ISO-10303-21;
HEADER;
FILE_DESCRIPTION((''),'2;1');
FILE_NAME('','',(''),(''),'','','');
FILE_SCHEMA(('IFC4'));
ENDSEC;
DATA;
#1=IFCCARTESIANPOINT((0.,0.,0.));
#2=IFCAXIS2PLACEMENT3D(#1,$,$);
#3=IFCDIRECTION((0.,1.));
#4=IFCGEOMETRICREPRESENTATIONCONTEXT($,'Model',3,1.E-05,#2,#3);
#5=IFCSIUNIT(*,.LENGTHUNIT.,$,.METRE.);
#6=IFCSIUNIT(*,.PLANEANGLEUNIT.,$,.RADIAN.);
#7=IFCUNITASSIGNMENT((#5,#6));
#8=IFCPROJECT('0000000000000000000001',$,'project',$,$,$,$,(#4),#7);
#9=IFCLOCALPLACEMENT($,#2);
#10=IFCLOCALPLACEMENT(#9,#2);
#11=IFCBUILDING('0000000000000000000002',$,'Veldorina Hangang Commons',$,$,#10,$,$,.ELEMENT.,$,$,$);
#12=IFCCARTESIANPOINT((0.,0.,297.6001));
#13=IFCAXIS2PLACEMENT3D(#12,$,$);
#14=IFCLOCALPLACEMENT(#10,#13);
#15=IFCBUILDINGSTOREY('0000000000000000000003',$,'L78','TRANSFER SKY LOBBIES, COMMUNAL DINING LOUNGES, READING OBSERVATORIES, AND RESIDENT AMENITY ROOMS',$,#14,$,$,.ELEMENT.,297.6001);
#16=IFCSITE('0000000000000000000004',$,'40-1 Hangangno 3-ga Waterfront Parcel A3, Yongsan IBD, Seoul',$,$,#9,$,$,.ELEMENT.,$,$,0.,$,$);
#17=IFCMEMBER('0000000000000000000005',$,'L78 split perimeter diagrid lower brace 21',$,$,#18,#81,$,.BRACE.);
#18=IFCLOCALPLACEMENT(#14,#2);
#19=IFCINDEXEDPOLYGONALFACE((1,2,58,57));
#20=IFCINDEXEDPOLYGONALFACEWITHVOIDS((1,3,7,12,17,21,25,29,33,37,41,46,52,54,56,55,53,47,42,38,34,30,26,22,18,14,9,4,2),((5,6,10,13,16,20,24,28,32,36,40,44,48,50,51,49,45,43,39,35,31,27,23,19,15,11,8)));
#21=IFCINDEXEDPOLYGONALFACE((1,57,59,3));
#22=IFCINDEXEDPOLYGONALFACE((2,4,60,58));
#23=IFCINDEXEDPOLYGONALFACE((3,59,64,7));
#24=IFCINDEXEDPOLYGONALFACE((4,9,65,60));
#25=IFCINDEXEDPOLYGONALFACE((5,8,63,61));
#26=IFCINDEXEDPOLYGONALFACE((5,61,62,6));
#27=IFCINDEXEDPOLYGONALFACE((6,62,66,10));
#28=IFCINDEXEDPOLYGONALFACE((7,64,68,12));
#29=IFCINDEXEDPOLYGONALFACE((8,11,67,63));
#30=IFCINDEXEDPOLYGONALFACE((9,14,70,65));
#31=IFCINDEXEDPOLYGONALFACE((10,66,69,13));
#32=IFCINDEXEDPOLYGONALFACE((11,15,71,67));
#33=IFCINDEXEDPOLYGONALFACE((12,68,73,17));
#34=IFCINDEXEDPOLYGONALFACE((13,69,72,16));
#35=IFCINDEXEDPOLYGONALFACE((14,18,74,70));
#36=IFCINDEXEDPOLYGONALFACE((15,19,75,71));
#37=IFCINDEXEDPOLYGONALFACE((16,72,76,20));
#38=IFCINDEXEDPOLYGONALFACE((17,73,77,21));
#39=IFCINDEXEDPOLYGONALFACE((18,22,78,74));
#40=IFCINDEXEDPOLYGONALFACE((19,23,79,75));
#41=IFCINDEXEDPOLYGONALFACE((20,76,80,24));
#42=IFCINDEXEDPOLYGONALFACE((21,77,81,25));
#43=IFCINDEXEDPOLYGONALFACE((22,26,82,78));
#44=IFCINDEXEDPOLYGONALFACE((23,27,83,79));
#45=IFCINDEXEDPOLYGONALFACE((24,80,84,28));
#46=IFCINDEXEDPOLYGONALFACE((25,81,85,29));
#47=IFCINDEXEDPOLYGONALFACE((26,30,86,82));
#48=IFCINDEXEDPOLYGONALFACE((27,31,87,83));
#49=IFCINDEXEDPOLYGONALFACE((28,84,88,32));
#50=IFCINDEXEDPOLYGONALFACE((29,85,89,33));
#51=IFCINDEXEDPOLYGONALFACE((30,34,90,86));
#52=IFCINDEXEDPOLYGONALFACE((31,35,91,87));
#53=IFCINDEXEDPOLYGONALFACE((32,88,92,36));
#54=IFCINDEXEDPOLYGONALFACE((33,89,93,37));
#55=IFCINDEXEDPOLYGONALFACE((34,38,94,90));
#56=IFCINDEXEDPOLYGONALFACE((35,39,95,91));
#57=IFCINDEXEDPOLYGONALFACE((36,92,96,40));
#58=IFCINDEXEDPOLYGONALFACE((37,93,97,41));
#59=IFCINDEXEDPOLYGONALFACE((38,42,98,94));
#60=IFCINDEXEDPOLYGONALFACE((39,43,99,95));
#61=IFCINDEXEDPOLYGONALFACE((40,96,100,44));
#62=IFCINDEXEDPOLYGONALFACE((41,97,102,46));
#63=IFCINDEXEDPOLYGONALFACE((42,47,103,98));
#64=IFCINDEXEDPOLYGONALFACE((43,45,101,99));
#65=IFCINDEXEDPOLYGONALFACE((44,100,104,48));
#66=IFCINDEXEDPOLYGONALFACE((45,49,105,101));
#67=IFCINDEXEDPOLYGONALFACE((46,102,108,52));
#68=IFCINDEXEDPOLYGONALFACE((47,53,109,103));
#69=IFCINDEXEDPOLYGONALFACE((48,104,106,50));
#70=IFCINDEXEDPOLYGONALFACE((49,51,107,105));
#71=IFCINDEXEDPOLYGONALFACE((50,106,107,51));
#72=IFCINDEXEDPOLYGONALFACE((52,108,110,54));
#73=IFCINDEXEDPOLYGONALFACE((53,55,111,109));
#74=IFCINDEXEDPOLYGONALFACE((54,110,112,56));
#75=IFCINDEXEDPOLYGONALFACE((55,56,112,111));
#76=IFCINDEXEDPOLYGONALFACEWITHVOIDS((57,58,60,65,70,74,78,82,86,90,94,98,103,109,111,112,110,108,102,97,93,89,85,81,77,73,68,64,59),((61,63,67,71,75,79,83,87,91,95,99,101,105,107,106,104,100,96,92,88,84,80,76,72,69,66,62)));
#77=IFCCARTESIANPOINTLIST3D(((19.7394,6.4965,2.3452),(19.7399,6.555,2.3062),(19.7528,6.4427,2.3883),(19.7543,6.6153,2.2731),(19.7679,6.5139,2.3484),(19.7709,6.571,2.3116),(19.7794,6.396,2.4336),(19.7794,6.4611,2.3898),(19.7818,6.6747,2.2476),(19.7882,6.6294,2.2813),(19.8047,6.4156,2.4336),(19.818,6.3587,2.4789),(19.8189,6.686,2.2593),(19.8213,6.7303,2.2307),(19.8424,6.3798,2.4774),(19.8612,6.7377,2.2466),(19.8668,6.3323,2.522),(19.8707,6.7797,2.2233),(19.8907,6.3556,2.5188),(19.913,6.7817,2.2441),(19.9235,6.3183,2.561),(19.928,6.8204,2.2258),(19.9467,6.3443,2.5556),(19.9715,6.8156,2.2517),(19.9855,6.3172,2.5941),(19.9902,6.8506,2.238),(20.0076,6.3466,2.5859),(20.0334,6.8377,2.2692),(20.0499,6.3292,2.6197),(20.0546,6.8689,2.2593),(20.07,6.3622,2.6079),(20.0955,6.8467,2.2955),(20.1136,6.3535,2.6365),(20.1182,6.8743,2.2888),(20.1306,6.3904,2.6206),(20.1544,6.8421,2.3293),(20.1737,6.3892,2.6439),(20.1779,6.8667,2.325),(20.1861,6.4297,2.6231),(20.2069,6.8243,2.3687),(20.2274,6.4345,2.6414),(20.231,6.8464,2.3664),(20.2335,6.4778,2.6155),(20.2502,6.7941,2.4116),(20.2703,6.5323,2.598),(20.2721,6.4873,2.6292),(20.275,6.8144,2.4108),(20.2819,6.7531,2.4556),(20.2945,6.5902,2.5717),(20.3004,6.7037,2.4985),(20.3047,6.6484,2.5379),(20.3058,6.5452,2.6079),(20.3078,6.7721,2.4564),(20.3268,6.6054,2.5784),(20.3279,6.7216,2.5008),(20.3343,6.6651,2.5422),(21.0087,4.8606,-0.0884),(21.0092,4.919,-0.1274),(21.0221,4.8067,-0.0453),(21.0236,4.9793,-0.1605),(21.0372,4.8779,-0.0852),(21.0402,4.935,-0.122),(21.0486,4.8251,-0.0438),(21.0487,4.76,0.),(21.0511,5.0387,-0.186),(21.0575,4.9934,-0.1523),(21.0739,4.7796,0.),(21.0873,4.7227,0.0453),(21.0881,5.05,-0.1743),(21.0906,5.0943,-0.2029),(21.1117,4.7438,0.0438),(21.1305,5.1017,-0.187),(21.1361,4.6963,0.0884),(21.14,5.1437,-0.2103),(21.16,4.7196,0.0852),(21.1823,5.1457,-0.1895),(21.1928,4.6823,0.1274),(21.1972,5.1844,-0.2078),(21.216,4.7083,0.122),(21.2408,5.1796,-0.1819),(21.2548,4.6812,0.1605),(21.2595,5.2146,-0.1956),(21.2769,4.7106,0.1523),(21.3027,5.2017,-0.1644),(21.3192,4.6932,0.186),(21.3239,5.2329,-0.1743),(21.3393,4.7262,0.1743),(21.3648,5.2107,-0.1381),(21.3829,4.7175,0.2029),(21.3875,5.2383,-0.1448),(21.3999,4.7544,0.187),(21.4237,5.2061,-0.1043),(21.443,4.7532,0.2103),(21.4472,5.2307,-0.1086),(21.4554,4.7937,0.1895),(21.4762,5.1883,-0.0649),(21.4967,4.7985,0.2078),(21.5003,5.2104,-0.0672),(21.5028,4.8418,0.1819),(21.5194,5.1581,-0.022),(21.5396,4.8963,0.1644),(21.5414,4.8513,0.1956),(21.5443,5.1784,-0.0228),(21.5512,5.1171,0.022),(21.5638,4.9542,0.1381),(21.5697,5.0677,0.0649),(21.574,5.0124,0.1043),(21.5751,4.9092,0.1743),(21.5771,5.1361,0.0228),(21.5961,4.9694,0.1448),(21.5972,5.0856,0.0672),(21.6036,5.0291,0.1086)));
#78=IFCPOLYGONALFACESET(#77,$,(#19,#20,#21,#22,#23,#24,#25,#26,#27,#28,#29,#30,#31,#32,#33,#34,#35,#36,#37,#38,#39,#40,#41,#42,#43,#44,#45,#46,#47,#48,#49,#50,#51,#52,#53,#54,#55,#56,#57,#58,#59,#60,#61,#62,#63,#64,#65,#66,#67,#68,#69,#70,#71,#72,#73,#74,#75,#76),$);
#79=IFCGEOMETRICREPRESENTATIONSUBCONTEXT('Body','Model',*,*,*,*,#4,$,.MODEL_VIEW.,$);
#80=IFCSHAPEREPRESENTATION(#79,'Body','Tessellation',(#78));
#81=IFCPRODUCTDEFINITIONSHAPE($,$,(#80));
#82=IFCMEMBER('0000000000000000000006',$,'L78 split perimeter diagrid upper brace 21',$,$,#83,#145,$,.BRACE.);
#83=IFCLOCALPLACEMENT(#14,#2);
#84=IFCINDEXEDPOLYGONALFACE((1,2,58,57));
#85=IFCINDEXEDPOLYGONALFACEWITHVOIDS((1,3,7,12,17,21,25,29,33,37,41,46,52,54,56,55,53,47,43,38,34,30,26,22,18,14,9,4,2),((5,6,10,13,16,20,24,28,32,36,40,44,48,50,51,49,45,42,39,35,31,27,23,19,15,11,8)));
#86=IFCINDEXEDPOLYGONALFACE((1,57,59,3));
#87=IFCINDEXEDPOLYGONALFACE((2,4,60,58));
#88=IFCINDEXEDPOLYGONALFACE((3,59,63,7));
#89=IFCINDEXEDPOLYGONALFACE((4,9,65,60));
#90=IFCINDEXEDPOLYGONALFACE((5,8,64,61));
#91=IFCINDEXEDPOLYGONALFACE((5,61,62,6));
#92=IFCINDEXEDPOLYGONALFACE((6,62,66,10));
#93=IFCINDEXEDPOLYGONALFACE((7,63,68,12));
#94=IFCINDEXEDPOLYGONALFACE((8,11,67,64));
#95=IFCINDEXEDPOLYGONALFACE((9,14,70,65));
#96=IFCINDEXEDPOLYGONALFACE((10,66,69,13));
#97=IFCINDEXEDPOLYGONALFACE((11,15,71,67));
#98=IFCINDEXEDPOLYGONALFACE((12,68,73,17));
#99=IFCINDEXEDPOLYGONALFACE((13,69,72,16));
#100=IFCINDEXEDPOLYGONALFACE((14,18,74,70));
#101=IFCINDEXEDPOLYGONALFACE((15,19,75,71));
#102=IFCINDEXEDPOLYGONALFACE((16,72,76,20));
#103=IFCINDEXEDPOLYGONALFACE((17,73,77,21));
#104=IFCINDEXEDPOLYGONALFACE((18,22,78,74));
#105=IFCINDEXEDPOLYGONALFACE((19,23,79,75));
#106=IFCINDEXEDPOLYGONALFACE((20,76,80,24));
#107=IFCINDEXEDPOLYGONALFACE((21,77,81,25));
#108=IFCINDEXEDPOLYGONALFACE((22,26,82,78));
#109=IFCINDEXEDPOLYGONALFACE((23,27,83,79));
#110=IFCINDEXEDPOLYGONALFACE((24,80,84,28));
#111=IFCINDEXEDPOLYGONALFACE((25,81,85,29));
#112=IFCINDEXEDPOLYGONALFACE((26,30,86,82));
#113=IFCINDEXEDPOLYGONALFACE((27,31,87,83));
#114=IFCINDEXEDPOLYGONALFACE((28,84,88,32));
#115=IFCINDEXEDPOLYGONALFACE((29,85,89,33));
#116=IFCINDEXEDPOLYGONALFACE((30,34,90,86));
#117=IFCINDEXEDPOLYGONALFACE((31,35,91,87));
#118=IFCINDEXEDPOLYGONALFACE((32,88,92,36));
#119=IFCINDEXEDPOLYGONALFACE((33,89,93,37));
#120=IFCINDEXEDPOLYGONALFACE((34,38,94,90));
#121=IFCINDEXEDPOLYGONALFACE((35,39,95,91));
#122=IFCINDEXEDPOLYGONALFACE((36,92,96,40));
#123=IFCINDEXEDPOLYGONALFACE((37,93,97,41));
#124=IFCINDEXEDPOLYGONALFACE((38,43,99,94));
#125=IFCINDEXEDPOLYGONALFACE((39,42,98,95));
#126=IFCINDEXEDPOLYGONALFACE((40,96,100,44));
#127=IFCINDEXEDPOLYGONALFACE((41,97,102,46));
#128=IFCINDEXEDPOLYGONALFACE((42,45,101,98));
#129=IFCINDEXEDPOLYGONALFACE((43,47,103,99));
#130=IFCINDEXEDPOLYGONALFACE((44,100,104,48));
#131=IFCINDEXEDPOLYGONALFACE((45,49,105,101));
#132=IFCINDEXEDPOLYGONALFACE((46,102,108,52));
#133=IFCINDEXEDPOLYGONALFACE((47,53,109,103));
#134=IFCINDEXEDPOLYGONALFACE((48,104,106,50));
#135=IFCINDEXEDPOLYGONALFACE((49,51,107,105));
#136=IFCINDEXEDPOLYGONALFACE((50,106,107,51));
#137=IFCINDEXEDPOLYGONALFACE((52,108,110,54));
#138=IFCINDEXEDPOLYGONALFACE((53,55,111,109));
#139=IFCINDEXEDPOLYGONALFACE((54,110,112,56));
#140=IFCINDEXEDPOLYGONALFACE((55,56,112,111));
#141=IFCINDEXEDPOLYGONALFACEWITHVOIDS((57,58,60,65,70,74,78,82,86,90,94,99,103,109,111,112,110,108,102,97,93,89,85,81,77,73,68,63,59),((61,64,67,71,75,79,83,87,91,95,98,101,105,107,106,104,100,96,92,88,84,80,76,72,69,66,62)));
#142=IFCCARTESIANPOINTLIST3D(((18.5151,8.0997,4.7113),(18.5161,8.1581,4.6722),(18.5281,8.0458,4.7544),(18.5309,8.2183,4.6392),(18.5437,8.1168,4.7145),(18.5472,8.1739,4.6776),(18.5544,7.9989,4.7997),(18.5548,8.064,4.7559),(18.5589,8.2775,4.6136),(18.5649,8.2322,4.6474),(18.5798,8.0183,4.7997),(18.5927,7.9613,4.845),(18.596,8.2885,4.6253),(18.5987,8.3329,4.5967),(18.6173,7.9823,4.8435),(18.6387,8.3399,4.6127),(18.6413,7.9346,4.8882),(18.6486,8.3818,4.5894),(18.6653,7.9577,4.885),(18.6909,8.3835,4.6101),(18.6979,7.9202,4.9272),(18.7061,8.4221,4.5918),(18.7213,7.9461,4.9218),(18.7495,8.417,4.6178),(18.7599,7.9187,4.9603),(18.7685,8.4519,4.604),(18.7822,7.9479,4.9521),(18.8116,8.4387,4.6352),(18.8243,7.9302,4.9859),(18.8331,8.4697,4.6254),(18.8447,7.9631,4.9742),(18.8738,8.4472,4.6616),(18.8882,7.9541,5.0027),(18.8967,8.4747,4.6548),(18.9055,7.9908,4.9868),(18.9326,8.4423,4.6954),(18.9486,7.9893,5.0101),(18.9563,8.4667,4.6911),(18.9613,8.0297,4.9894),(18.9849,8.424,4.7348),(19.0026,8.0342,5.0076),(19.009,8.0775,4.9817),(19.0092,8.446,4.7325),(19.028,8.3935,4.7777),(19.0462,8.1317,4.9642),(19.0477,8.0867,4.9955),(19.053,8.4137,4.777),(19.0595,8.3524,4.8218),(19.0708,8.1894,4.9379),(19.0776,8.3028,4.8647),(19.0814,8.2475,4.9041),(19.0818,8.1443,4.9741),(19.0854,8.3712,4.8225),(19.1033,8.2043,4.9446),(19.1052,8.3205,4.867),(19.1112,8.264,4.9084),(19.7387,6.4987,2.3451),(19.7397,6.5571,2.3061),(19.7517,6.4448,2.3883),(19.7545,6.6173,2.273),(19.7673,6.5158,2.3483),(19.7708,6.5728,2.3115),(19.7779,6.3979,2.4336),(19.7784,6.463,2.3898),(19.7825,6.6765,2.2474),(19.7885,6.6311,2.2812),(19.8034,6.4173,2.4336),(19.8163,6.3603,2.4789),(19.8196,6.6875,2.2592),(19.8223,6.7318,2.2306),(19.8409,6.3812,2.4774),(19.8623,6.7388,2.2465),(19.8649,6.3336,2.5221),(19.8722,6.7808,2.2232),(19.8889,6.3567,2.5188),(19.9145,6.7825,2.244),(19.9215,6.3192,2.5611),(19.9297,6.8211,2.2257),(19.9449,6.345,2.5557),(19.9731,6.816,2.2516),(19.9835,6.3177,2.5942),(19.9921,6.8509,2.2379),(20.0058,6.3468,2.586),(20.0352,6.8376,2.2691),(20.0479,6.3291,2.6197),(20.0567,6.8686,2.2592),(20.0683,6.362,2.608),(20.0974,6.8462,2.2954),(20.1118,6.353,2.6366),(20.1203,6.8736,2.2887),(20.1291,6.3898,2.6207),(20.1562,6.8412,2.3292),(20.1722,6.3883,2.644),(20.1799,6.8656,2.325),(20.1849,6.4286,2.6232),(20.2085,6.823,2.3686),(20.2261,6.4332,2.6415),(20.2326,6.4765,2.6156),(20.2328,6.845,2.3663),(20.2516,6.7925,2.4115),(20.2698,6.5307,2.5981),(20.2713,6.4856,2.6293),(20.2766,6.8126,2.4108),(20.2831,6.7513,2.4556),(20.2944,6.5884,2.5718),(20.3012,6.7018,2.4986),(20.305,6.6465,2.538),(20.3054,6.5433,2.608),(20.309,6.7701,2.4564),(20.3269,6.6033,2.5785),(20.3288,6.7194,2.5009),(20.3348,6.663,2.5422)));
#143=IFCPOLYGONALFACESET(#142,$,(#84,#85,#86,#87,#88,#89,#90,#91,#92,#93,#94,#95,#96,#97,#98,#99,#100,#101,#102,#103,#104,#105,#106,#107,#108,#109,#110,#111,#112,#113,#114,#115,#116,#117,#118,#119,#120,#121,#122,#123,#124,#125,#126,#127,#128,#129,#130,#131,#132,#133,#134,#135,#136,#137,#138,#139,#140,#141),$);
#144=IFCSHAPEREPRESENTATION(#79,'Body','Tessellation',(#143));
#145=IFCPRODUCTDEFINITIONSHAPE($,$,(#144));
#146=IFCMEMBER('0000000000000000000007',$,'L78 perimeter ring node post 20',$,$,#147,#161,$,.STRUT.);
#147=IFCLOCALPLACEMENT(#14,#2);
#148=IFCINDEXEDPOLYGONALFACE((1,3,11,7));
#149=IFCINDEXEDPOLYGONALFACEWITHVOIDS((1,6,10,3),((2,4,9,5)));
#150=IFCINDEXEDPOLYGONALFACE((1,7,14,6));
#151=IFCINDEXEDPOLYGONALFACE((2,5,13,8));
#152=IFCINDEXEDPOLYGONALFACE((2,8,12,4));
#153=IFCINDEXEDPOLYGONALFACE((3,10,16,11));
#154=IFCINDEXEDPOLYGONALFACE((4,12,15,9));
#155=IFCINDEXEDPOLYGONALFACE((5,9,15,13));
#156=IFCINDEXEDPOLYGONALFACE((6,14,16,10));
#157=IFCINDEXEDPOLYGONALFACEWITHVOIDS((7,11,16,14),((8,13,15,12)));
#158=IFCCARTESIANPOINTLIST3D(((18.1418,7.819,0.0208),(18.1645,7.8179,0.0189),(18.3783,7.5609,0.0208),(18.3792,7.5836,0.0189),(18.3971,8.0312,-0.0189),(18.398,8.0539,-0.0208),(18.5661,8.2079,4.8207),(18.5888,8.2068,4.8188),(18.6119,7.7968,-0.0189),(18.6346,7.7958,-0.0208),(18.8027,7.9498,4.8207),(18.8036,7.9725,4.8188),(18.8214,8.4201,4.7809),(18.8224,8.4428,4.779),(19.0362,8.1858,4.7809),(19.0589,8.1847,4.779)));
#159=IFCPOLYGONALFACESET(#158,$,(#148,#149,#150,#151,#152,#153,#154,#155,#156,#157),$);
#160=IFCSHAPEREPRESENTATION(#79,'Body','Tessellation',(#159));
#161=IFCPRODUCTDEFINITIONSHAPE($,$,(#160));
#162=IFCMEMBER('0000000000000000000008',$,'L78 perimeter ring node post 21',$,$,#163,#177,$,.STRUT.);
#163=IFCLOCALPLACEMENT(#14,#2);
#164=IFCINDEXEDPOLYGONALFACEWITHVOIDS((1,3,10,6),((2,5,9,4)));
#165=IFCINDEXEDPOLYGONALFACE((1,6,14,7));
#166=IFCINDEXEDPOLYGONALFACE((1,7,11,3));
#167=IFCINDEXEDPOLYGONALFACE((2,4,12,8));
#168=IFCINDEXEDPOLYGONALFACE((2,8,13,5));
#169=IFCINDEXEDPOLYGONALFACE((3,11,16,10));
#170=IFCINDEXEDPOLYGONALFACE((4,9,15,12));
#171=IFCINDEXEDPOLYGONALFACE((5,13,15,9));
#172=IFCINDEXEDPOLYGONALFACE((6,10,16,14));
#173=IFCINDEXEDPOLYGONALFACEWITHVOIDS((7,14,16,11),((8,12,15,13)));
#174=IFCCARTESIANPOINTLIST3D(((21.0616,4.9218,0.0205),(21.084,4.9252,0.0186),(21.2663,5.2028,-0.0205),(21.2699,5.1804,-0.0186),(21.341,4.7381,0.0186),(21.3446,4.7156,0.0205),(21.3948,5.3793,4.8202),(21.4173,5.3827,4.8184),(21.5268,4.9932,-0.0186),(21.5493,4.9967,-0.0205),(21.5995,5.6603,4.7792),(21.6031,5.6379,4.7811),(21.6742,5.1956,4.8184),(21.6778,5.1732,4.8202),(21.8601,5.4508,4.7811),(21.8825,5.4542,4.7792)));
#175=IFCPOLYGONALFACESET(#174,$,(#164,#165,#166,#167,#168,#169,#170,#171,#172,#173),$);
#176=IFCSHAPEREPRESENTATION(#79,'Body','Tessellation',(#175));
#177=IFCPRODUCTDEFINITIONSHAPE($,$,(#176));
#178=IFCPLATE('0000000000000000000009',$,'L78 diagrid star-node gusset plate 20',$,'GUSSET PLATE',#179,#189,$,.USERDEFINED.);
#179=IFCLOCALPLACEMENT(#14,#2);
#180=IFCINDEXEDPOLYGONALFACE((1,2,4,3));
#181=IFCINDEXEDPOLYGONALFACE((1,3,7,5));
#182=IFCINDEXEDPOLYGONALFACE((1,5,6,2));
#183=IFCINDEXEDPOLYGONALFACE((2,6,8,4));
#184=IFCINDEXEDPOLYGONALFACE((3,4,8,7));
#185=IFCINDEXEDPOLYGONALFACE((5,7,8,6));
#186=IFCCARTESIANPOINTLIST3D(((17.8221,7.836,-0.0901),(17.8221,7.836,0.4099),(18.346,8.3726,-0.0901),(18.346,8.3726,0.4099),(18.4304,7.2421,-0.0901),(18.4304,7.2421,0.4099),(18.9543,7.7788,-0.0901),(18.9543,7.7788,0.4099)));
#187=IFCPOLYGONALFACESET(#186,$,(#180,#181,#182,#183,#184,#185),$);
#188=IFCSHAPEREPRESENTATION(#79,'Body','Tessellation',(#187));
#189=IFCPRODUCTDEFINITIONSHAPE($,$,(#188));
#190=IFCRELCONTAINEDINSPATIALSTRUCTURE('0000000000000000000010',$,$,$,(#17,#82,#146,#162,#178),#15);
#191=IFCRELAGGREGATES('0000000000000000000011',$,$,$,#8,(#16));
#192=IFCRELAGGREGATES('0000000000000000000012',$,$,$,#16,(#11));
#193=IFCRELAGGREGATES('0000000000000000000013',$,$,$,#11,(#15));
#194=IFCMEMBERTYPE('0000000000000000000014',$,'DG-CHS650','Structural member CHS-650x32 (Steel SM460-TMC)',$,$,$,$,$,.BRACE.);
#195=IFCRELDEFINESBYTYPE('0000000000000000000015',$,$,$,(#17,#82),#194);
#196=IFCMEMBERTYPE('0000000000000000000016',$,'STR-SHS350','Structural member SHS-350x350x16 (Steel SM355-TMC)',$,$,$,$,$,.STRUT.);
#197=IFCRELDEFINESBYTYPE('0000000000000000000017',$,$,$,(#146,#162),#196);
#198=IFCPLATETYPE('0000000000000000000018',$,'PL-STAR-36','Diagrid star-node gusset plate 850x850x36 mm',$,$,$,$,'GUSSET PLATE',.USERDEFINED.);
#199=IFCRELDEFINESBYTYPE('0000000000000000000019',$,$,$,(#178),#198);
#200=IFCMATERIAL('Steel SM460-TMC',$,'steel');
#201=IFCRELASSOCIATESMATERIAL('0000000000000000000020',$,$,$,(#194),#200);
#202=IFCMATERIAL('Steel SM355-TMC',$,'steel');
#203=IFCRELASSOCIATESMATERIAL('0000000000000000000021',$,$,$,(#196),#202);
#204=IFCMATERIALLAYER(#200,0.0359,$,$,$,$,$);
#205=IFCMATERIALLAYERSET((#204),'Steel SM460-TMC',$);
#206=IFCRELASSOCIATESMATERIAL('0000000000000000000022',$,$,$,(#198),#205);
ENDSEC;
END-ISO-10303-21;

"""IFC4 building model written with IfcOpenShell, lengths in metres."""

from ifc_helpers import new_model, si_unit, direction, frame, origin, origin_2d, place, context, subcontext, project, spatial, rectangle, hollow_rectangle, hollow_circle, extrude, material, layer, layer_set, material_profile, profile_set, type_object, element, save


model = new_model("IFC4")

# Units and contexts
model_context = context("Model", 3, precision=1e-05, world=origin(), true_north=direction((0.0, 1.0)))
body_context = subcontext(model_context, "Body", "Model", "MODEL_VIEW")
ifc_project = project(units=[si_unit("LENGTHUNIT", "METRE"), si_unit("PLANEANGLEUNIT", "RADIAN")], contexts=[model_context])

# Site, building, storey
site_placement = place(None, origin())
site = spatial("IfcSite", under=ifc_project, at=site_placement, Name="40-1 Hangangno 3-ga Waterfront Parcel A3, Yongsan IBD, Seoul", CompositionType="ELEMENT", RefElevation=0.0)
building_placement = place(site_placement, origin())
building = spatial("IfcBuilding", under=site, at=building_placement, Name="Veldorina Hangang Commons", CompositionType="ELEMENT")
storey_placement = place(building_placement, frame((0.0, 0.0, 297.6001)))
storey = spatial("IfcBuildingStorey", under=building, at=storey_placement, Name="L78", Description="TRANSFER SKY LOBBIES, COMMUNAL DINING LOUNGES, READING OBSERVATORIES, AND RESIDENT AMENITY ROOMS", CompositionType="ELEMENT", Elevation=297.6001)

# Shared definitions
ifc_material_1 = material(Name="Steel SM460-TMC", Category="steel")
ifc_material_2 = material(Name="Steel SM355-TMC", Category="steel")

# Members
ifc_material_profile_1 = material_profile(ifc_material_1, hollow_circle(Radius=0.325, WallThickness=0.032, at=origin_2d()), Name="CHS-650x32")
ifc_profile_set_1 = profile_set([ifc_material_profile_1], Name="Steel SM460-TMC")
member_type_1 = type_object("IfcMemberType", Name="DG-CHS650", Description="Structural member CHS-650x32 (Steel SM460-TMC)", PredefinedType="BRACE", material=ifc_profile_set_1)
member_1_placement = place(storey_placement, frame((21.3054, 4.9592, 0.0), z_axis=(-0.397236, 0.511998, 0.761618), x_axis=(-0.790088, -0.612993, 0.0)))
element("IfcMember", 1, at=member_1_placement, inside=storey, type_object=member_type_1, Name="L78 split perimeter diagrid lower brace 21", PredefinedType="BRACE", context=body_context, shape_type="SweptSolid", body=[
    extrude(hollow_circle(Radius=0.325, WallThickness=0.032, at=origin_2d()), origin(), (0.0, 0.0, 1.0), 3.1953),
])
member_2_placement = place(storey_placement, frame((20.0361, 6.5952, 2.4336), z_axis=(-0.393704, 0.515146, 0.761329), x_axis=(-0.79453, -0.607225, 0.0)))
element("IfcMember", 2, at=member_2_placement, inside=storey, type_object=member_type_1, Name="L78 split perimeter diagrid upper brace 21", PredefinedType="BRACE", context=body_context, shape_type="SweptSolid", body=[
    extrude(hollow_circle(Radius=0.325, WallThickness=0.032, at=origin_2d()), origin(), (0.0, 0.0, 1.0), 3.1079),
])
ifc_material_profile_2 = material_profile(ifc_material_2, hollow_rectangle(XDim=0.3501, YDim=0.3501, WallThickness=0.0161, at=origin_2d()), Name="SHS-350x350x16")
ifc_profile_set_2 = profile_set([ifc_material_profile_2], Name="Steel SM355-TMC")
member_type_2 = type_object("IfcMemberType", Name="STR-SHS350", Description="Structural member SHS-350x350x16 (Steel SM355-TMC)", PredefinedType="STRUT", material=ifc_profile_set_2)
member_3_placement = place(storey_placement, frame((18.3882, 7.8074, 0.0), z_axis=(0.087774, 0.080451, 0.992886), x_axis=(-0.675686, 0.737189, 0.0)))
element("IfcMember", 3, at=member_3_placement, inside=storey, type_object=member_type_2, Name="L78 perimeter ring node post 20", PredefinedType="STRUT", context=body_context, shape_type="SweptSolid", body=[
    extrude(hollow_rectangle(XDim=0.3501, YDim=0.3501, WallThickness=0.0161, at=origin_2d()), origin(), (0.0, 0.0, 1.0), 4.8342),
])
member_4_placement = place(storey_placement, frame((21.3054, 4.9592, 0.0), z_axis=(0.068953, 0.094664, 0.993118), x_axis=(-0.808307, 0.588761, 0.0)))
element("IfcMember", 4, at=member_4_placement, inside=storey, type_object=member_type_2, Name="L78 perimeter ring node post 21", PredefinedType="STRUT", context=body_context, shape_type="SweptSolid", body=[
    extrude(hollow_rectangle(XDim=0.3501, YDim=0.3501, WallThickness=0.0161, at=origin_2d()), origin(), (0.0, 0.0, 1.0), 4.833),
])

# Plate
ifc_layer_1 = layer(ifc_material_1, 0.0359)
ifc_layer_set_1 = layer_set([ifc_layer_1], Name="Steel SM460-TMC")
plate_type = type_object("IfcPlateType", Name="PL-STAR-36", Description="Diagrid star-node gusset plate 850x850x36 mm", ElementType="GUSSET PLATE", PredefinedType="USERDEFINED", material=ifc_layer_set_1)
plate_1_placement = place(storey_placement, frame((18.3882, 7.8074, -0.0901), z_axis=(0.0, 0.0, 1.0), x_axis=(0.715534, -0.698578, 0.0)))
element("IfcPlate", 5, at=plate_1_placement, inside=storey, type_object=plate_type, Name="L78 diagrid star-node gusset plate 20", ObjectType="GUSSET PLATE", PredefinedType="USERDEFINED", context=body_context, shape_type="SweptSolid", body=[
    extrude(rectangle(XDim=0.8501, YDim=0.75, at=origin_2d()), origin(), (0.0, 0.0, 1.0), 0.5),
])

save(model, "model.ifc")
